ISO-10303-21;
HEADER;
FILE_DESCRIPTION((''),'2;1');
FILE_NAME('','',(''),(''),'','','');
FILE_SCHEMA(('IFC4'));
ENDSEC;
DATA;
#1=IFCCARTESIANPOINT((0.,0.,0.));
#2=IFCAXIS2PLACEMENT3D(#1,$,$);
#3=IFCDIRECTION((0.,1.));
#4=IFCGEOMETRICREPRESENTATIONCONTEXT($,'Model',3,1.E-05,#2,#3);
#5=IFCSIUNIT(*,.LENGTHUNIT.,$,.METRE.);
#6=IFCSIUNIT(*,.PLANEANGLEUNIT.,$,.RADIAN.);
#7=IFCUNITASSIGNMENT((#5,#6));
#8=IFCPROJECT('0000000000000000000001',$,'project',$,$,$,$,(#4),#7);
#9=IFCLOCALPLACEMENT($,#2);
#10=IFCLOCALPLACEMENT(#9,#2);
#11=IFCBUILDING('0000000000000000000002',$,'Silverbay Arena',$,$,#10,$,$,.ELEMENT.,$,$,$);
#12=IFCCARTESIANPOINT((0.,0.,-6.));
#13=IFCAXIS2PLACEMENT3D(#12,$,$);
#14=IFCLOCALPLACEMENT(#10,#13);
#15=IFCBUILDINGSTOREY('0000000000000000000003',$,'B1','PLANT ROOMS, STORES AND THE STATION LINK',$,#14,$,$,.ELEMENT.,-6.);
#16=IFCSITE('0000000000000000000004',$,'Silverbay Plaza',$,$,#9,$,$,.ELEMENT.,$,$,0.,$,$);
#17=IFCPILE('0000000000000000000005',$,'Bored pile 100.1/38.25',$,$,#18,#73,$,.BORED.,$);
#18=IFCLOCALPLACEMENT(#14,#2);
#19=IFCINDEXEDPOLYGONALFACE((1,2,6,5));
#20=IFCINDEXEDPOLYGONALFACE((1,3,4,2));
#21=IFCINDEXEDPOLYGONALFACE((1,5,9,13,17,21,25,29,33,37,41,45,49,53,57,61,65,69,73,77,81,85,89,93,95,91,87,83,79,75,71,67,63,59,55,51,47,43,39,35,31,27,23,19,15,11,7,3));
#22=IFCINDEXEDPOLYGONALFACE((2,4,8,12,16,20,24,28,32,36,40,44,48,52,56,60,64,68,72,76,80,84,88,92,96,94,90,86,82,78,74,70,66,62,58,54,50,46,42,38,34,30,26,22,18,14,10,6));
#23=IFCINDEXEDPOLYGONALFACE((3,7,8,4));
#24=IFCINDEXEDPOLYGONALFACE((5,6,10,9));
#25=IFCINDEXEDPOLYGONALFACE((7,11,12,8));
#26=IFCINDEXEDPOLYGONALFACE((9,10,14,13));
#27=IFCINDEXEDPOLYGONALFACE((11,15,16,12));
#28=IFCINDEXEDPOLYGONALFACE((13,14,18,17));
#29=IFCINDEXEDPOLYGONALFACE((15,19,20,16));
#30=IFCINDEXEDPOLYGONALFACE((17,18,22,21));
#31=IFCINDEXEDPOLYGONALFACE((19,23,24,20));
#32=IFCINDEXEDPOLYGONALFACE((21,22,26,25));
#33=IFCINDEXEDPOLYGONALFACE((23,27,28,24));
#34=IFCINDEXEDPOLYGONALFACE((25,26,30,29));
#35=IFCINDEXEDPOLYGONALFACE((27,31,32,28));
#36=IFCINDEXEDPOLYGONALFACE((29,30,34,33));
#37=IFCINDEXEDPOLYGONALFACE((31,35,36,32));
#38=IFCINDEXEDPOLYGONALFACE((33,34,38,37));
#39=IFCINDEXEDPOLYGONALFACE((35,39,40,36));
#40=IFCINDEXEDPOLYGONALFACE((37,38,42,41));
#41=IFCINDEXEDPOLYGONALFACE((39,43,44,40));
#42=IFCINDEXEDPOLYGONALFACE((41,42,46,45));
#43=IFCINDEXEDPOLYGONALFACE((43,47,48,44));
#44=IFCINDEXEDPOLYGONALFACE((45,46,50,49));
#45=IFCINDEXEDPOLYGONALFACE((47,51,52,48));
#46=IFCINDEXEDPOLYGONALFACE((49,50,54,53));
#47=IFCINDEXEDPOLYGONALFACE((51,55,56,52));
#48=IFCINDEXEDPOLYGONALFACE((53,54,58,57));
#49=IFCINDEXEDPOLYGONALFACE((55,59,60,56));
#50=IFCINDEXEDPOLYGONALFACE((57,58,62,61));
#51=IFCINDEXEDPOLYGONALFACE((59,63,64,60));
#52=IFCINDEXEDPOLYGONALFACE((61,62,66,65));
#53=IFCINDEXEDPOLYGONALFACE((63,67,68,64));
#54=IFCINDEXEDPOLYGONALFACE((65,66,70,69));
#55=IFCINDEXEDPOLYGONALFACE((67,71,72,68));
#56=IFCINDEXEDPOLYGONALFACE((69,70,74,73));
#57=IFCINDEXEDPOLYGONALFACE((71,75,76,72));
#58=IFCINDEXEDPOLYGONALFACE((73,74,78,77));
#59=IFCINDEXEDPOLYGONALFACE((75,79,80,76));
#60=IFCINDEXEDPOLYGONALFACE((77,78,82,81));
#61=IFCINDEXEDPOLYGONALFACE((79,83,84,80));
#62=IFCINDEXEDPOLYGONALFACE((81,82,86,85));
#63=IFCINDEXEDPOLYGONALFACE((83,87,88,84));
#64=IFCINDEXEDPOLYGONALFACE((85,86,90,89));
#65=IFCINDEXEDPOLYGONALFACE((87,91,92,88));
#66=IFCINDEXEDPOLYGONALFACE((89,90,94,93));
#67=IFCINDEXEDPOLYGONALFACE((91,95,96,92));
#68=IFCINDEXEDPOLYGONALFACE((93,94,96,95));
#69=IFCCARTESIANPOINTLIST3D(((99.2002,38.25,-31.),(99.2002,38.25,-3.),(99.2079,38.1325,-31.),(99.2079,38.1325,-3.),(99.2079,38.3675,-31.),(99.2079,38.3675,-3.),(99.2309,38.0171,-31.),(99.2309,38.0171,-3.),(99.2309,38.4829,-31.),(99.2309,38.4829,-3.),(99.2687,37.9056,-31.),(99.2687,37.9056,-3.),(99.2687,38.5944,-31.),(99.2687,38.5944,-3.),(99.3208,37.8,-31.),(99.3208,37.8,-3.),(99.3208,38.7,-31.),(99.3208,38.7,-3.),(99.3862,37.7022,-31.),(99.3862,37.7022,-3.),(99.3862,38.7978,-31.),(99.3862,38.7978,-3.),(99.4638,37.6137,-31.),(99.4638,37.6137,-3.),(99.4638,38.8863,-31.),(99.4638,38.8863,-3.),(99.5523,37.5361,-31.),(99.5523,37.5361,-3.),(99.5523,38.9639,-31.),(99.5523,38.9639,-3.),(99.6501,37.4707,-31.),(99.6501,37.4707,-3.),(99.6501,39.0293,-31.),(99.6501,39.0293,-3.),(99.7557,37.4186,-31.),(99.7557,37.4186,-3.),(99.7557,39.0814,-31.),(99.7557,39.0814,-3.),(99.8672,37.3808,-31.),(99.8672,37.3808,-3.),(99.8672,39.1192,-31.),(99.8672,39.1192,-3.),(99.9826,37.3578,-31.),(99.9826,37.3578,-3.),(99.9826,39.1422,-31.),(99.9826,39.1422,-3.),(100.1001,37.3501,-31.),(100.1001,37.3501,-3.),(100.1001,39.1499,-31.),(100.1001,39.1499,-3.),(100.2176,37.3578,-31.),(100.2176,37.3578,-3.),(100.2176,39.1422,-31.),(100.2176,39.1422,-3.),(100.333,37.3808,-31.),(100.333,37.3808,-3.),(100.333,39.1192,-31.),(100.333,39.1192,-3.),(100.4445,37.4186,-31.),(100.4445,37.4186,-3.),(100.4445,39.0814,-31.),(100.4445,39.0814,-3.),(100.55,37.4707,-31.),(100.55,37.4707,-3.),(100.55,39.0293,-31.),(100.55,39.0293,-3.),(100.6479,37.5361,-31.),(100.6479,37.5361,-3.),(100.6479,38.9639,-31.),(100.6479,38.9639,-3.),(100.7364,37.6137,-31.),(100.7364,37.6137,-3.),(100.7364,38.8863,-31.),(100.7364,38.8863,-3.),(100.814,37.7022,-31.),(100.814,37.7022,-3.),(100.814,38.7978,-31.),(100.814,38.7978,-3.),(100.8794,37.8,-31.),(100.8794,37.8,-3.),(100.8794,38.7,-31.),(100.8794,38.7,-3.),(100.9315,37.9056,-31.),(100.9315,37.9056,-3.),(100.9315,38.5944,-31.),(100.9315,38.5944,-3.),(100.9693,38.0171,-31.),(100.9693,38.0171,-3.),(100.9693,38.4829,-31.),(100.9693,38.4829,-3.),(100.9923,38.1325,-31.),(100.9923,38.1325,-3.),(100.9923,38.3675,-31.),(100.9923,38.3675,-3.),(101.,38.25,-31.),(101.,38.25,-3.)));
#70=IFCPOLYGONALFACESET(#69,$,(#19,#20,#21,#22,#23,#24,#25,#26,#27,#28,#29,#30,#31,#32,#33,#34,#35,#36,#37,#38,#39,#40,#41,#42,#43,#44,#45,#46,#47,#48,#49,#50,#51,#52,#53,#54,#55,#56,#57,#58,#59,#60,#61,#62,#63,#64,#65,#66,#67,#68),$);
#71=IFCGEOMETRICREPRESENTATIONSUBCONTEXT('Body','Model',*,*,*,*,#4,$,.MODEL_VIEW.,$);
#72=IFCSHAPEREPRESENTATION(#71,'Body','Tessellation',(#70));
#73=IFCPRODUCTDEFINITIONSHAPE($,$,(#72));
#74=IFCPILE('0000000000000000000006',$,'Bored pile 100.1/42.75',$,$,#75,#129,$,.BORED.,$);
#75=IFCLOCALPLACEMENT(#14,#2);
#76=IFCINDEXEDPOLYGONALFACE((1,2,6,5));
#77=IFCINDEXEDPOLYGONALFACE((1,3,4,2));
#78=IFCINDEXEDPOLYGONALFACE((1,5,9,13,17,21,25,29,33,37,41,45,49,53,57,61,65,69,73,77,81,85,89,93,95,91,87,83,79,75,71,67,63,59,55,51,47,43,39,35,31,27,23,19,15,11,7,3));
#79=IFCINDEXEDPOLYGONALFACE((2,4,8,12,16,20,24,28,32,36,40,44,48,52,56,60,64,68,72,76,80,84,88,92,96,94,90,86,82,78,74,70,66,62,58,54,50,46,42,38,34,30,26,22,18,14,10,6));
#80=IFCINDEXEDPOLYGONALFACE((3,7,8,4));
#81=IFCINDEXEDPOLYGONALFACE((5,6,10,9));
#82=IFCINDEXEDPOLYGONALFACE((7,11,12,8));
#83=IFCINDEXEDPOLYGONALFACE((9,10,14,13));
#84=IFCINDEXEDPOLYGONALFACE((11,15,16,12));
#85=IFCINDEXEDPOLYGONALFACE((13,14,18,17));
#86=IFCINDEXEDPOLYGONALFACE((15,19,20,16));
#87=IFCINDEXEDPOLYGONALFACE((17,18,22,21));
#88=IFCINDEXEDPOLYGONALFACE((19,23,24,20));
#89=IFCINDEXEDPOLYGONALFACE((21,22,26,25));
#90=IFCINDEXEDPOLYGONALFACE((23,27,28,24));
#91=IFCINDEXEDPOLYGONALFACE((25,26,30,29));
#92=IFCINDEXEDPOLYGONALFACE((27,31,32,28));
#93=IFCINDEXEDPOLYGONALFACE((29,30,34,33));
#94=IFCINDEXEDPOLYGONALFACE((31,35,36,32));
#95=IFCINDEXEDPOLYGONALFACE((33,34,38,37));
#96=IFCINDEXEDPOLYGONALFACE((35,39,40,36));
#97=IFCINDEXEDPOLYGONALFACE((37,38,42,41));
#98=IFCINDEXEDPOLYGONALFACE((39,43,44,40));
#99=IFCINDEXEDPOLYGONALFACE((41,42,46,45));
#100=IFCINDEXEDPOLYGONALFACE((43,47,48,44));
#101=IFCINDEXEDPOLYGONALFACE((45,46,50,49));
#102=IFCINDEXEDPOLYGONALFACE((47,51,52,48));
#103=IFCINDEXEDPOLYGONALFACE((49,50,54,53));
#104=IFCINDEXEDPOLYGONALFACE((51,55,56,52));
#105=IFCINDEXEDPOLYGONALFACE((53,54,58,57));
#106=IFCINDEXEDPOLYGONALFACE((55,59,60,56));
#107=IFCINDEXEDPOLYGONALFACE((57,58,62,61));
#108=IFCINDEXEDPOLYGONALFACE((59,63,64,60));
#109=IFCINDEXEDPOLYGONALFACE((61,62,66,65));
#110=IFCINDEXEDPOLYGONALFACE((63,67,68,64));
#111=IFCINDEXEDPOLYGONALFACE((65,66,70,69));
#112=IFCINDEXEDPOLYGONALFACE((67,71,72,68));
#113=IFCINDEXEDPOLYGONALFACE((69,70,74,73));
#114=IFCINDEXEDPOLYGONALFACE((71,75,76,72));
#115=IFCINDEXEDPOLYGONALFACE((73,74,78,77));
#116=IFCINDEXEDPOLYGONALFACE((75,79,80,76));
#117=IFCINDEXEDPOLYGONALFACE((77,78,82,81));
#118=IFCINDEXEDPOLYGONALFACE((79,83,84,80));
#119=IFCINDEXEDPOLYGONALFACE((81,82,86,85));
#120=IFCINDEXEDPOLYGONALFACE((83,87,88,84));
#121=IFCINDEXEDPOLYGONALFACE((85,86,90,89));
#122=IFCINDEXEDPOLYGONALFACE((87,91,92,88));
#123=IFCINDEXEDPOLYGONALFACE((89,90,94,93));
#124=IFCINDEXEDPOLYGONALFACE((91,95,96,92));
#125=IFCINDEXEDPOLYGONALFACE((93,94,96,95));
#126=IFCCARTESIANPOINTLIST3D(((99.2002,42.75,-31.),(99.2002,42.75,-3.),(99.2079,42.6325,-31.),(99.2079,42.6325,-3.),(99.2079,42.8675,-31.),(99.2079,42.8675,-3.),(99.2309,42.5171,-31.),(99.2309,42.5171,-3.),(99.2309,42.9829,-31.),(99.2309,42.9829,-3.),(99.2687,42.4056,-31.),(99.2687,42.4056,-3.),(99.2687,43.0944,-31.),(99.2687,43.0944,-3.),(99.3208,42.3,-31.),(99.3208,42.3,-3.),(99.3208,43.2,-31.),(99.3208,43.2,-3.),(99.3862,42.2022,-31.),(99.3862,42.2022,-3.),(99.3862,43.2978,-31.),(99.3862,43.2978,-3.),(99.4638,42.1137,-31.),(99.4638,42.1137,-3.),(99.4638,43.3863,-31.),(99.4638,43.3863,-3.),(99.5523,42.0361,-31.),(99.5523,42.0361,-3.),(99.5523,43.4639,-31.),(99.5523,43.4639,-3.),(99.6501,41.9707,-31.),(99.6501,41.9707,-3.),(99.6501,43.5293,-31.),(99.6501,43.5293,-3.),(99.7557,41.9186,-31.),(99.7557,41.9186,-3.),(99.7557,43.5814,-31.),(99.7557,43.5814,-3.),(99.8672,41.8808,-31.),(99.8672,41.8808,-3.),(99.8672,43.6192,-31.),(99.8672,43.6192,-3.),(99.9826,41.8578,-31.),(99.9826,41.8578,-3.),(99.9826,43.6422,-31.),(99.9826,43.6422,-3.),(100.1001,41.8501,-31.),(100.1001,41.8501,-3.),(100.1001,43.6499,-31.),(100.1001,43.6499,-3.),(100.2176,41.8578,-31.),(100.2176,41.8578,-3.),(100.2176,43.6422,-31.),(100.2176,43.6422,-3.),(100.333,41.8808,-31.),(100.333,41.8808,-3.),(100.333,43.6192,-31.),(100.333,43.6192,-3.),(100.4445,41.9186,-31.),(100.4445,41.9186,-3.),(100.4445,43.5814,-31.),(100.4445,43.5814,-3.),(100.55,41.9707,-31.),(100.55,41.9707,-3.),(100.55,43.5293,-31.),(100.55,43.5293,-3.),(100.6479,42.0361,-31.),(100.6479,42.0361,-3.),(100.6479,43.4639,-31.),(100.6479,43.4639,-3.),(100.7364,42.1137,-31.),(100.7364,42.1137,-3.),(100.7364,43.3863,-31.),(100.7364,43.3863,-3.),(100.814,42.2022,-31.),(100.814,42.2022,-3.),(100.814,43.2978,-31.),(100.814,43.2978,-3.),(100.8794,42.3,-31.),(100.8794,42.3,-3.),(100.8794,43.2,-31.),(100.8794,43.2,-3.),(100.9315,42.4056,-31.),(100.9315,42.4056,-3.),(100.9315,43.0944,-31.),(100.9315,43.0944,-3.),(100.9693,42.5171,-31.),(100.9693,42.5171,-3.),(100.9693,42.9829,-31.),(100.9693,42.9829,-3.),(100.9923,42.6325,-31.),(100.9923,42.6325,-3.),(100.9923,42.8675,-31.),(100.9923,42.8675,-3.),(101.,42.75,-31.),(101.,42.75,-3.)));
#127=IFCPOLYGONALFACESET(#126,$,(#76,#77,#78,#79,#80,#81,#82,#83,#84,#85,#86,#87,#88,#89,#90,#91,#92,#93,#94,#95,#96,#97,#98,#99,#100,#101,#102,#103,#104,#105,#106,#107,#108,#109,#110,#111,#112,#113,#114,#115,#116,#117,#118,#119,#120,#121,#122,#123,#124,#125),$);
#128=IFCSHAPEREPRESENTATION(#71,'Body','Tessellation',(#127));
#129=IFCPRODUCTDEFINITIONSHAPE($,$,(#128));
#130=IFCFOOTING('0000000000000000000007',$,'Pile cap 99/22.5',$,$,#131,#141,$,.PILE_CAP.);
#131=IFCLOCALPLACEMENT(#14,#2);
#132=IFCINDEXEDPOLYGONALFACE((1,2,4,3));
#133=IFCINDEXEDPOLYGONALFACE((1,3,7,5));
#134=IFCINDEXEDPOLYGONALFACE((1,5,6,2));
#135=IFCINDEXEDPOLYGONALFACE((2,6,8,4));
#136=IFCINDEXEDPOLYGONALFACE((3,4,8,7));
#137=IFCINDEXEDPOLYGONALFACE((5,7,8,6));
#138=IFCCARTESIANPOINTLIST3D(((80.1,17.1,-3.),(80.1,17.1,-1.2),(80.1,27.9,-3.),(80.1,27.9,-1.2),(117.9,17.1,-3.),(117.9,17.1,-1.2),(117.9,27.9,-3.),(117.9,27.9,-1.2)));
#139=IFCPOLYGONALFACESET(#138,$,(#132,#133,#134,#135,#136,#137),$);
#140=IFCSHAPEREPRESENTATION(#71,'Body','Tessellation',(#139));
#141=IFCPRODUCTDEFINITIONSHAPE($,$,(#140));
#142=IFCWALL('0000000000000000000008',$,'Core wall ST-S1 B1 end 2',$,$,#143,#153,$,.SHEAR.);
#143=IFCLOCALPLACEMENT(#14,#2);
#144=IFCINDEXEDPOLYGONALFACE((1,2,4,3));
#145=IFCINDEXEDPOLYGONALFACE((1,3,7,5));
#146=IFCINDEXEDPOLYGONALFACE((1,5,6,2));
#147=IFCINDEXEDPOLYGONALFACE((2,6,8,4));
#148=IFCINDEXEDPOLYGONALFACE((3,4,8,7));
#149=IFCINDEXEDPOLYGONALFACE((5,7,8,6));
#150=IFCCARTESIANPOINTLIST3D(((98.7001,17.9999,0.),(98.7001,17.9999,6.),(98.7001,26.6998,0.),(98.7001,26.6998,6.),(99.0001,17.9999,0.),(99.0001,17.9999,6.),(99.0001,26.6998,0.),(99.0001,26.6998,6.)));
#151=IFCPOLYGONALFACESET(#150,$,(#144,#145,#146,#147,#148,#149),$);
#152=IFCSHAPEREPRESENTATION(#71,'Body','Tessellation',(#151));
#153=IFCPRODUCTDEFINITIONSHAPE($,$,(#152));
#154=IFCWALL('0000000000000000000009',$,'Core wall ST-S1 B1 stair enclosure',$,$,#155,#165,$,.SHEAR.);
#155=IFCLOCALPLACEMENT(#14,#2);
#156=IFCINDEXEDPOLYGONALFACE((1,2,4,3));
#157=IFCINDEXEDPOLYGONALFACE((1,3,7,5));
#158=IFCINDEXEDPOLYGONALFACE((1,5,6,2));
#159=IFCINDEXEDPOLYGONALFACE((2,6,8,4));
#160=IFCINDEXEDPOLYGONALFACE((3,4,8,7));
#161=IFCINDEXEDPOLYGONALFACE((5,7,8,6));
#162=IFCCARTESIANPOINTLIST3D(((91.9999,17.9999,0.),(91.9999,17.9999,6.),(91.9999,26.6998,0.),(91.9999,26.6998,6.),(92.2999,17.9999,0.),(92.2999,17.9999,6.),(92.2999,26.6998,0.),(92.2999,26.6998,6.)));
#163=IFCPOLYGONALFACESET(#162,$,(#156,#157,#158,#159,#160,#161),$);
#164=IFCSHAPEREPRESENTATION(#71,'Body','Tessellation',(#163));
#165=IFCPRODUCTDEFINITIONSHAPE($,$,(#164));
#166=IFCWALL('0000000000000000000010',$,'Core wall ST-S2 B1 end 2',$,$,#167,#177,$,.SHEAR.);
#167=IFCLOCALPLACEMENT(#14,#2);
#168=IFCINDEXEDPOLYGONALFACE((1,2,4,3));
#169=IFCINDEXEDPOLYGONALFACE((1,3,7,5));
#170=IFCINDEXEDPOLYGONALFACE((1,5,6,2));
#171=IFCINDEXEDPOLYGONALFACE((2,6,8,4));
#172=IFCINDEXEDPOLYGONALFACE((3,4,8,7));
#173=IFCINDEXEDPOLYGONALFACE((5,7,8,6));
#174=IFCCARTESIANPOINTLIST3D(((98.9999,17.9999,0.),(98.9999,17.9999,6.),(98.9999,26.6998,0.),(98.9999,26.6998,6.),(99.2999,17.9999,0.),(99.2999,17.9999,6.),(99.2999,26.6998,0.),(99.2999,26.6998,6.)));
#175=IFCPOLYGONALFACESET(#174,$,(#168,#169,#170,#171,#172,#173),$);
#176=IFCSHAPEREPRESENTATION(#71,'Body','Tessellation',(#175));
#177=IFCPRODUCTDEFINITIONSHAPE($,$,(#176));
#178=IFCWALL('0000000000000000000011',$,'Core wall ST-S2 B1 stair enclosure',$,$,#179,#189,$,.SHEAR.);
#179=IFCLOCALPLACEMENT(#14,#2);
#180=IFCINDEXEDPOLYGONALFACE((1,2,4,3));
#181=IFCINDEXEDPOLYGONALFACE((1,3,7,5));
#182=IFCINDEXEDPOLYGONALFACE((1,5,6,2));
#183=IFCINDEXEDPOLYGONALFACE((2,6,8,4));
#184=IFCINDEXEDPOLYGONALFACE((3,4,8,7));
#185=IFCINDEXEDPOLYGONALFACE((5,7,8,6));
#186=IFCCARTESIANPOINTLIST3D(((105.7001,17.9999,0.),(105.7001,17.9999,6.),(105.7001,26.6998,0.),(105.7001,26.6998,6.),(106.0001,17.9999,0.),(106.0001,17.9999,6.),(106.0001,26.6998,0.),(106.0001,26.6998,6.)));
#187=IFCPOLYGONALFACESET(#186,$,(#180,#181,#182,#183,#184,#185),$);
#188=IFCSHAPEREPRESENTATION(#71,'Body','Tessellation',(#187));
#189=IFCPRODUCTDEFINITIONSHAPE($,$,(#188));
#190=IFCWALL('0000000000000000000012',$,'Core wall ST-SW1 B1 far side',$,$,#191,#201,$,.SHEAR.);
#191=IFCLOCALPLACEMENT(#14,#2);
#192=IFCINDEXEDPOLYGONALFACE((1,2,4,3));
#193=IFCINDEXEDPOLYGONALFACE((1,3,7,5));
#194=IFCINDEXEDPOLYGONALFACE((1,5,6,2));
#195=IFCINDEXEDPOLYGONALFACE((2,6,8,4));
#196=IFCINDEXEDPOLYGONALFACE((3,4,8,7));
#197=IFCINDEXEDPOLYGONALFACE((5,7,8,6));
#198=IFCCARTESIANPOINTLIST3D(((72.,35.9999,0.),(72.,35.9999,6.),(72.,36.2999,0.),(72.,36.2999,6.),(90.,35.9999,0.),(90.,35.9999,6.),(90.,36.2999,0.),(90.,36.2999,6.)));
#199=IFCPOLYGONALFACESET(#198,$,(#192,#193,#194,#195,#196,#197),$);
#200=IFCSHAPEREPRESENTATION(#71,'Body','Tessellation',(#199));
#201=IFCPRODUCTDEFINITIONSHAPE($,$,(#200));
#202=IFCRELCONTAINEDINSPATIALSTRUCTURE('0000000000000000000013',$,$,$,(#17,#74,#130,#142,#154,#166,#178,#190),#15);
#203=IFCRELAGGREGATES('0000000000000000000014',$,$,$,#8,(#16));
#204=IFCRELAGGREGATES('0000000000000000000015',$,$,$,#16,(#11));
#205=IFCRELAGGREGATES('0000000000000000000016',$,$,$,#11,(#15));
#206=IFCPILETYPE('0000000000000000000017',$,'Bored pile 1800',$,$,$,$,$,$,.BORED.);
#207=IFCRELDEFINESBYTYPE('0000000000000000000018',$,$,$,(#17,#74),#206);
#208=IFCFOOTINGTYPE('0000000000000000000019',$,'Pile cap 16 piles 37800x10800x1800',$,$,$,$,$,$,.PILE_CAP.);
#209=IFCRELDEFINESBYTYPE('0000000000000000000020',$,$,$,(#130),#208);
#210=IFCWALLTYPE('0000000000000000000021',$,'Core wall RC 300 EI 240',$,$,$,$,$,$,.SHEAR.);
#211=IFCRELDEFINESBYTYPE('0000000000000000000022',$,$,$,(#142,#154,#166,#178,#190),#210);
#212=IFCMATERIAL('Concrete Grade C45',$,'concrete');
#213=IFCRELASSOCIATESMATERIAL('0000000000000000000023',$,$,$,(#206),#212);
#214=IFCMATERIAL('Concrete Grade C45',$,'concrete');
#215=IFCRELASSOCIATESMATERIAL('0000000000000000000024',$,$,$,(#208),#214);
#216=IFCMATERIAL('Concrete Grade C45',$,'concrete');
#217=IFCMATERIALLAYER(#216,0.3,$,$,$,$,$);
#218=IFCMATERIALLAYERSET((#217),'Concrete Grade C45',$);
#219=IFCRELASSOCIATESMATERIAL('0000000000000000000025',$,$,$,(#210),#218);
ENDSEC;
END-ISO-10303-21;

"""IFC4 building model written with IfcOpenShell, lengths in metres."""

from ifc_helpers import new_model, si_unit, direction, frame, frame_2d, origin, origin_2d, place, context, subcontext, project, spatial, rectangle, circle, extrude, material, layer, layer_set, material_profile, profile_set, type_object, element, save


model = new_model("IFC4")

# Units and contexts
model_context = context("Model", 3, precision=1e-05, world=origin(), true_north=direction((0.0, 1.0)))
body_context = subcontext(model_context, "Body", "Model", "MODEL_VIEW")
ifc_project = project(units=[si_unit("LENGTHUNIT", "METRE"), si_unit("PLANEANGLEUNIT", "RADIAN")], contexts=[model_context])

# Site, building, storey
site_placement = place(None, origin())
site = spatial("IfcSite", under=ifc_project, at=site_placement, Name="Silverbay Plaza", CompositionType="ELEMENT", RefElevation=0.0)
building_placement = place(site_placement, origin())
building = spatial("IfcBuilding", under=site, at=building_placement, Name="Silverbay Arena", CompositionType="ELEMENT")
storey_placement = place(building_placement, frame((0.0, 0.0, -6.0)))
storey = spatial("IfcBuildingStorey", under=building, at=storey_placement, Name="B1", Description="PLANT ROOMS, STORES AND THE STATION LINK", CompositionType="ELEMENT", Elevation=-6.0)

# Piles
ifc_material_1 = material(Name="Concrete Grade C45", Category="concrete")
ifc_material_profile_1 = material_profile(ifc_material_1, circle(Radius=0.8999, at=origin_2d()), Name="Bored pile 1800")
ifc_profile_set_1 = profile_set([ifc_material_profile_1], Name="Concrete Grade C45")
pile_type_1 = type_object("IfcPileType", Name="Bored pile 1800", PredefinedType="BORED", material=ifc_profile_set_1)
for number, where, z_axis, x_axis, name in (
    (1, (100.1001, 38.25, -3.0), (0.0, 0.0, -1.0), (1.0, 0.0, 0.0), "Bored pile 100.1/38.25"),
    (2, (100.1001, 42.75, -3.0), (0.0, 0.0, -1.0), (1.0, 0.0, 0.0), "Bored pile 100.1/42.75"),
):
    element("IfcPile", number, at=place(storey_placement, frame(where, z_axis=z_axis, x_axis=x_axis)), inside=storey, type_object=pile_type_1, Name=name, PredefinedType="BORED", context=body_context, shape_type="SweptSolid", body=[
        extrude(circle(Radius=0.8999, at=origin_2d()), origin(), (0.0, 0.0, 1.0), 28.0),
    ])

# Footing
ifc_material_2 = material(Name="Concrete Grade C45", Category="concrete")
footing_type = type_object("IfcFootingType", Name="Pile cap 16 piles 37800x10800x1800", PredefinedType="PILE_CAP", material=ifc_material_2)
footing_placement = place(storey_placement, frame((99.0, 22.5, -3.0), z_axis=(0.0, 0.0, 1.0), x_axis=(1.0, 0.0, 0.0)))
element("IfcFooting", 3, at=footing_placement, inside=storey, type_object=footing_type, Name="Pile cap 99/22.5", PredefinedType="PILE_CAP", context=body_context, shape_type="SweptSolid", body=[
    extrude(rectangle(XDim=37.8, YDim=10.8, at=origin_2d()), origin(), (0.0, 0.0, 1.0), 1.8),
])

# Walls
ifc_material_3 = material(Name="Concrete Grade C45", Category="concrete")
ifc_layer_1 = layer(ifc_material_3, 0.3)
ifc_layer_set_1 = layer_set([ifc_layer_1], Name="Concrete Grade C45")
wall_type_1 = type_object("IfcWallType", Name="Core wall RC 300 EI 240", PredefinedType="SHEAR", material=ifc_layer_set_1)
for number, where, z_axis, x_axis, name in (
    (4, (98.8501, 26.7, 0.0), (0.0, 0.0, 1.0), (0.0, -1.0, 0.0), "Core wall ST-S1 B1 end 2"),
    (5, (92.1499, 26.7, 0.0), (0.0, 0.0, 1.0), (0.0, -1.0, 0.0), "Core wall ST-S1 B1 stair enclosure"),
    (6, (99.1499, 26.7, 0.0), (0.0, 0.0, 1.0), (0.0, -1.0, 0.0), "Core wall ST-S2 B1 end 2"),
    (7, (105.8501, 26.7, 0.0), (0.0, 0.0, 1.0), (0.0, -1.0, 0.0), "Core wall ST-S2 B1 stair enclosure"),
):
    element("IfcWall", number, at=place(storey_placement, frame(where, z_axis=z_axis, x_axis=x_axis)), inside=storey, type_object=wall_type_1, Name=name, PredefinedType="SHEAR", context=body_context, shape_type="SweptSolid", body=[
        extrude(rectangle(XDim=8.7, YDim=0.3, at=frame_2d((4.3501, 0.0))), origin(), (0.0, 0.0, 1.0), 6.0),
    ])
wall_1_placement = place(storey_placement, frame((90.0, 36.1499, 0.0), z_axis=(0.0, 0.0, 1.0), x_axis=(-1.0, 0.0, 0.0)))
element("IfcWall", 8, at=wall_1_placement, inside=storey, type_object=wall_type_1, Name="Core wall ST-SW1 B1 far side", PredefinedType="SHEAR", context=body_context, shape_type="SweptSolid", body=[
    extrude(rectangle(XDim=18.0, YDim=0.3, at=frame_2d((9.0, 0.0))), origin(), (0.0, 0.0, 1.0), 6.0),
])

save(model, "model.ifc")
